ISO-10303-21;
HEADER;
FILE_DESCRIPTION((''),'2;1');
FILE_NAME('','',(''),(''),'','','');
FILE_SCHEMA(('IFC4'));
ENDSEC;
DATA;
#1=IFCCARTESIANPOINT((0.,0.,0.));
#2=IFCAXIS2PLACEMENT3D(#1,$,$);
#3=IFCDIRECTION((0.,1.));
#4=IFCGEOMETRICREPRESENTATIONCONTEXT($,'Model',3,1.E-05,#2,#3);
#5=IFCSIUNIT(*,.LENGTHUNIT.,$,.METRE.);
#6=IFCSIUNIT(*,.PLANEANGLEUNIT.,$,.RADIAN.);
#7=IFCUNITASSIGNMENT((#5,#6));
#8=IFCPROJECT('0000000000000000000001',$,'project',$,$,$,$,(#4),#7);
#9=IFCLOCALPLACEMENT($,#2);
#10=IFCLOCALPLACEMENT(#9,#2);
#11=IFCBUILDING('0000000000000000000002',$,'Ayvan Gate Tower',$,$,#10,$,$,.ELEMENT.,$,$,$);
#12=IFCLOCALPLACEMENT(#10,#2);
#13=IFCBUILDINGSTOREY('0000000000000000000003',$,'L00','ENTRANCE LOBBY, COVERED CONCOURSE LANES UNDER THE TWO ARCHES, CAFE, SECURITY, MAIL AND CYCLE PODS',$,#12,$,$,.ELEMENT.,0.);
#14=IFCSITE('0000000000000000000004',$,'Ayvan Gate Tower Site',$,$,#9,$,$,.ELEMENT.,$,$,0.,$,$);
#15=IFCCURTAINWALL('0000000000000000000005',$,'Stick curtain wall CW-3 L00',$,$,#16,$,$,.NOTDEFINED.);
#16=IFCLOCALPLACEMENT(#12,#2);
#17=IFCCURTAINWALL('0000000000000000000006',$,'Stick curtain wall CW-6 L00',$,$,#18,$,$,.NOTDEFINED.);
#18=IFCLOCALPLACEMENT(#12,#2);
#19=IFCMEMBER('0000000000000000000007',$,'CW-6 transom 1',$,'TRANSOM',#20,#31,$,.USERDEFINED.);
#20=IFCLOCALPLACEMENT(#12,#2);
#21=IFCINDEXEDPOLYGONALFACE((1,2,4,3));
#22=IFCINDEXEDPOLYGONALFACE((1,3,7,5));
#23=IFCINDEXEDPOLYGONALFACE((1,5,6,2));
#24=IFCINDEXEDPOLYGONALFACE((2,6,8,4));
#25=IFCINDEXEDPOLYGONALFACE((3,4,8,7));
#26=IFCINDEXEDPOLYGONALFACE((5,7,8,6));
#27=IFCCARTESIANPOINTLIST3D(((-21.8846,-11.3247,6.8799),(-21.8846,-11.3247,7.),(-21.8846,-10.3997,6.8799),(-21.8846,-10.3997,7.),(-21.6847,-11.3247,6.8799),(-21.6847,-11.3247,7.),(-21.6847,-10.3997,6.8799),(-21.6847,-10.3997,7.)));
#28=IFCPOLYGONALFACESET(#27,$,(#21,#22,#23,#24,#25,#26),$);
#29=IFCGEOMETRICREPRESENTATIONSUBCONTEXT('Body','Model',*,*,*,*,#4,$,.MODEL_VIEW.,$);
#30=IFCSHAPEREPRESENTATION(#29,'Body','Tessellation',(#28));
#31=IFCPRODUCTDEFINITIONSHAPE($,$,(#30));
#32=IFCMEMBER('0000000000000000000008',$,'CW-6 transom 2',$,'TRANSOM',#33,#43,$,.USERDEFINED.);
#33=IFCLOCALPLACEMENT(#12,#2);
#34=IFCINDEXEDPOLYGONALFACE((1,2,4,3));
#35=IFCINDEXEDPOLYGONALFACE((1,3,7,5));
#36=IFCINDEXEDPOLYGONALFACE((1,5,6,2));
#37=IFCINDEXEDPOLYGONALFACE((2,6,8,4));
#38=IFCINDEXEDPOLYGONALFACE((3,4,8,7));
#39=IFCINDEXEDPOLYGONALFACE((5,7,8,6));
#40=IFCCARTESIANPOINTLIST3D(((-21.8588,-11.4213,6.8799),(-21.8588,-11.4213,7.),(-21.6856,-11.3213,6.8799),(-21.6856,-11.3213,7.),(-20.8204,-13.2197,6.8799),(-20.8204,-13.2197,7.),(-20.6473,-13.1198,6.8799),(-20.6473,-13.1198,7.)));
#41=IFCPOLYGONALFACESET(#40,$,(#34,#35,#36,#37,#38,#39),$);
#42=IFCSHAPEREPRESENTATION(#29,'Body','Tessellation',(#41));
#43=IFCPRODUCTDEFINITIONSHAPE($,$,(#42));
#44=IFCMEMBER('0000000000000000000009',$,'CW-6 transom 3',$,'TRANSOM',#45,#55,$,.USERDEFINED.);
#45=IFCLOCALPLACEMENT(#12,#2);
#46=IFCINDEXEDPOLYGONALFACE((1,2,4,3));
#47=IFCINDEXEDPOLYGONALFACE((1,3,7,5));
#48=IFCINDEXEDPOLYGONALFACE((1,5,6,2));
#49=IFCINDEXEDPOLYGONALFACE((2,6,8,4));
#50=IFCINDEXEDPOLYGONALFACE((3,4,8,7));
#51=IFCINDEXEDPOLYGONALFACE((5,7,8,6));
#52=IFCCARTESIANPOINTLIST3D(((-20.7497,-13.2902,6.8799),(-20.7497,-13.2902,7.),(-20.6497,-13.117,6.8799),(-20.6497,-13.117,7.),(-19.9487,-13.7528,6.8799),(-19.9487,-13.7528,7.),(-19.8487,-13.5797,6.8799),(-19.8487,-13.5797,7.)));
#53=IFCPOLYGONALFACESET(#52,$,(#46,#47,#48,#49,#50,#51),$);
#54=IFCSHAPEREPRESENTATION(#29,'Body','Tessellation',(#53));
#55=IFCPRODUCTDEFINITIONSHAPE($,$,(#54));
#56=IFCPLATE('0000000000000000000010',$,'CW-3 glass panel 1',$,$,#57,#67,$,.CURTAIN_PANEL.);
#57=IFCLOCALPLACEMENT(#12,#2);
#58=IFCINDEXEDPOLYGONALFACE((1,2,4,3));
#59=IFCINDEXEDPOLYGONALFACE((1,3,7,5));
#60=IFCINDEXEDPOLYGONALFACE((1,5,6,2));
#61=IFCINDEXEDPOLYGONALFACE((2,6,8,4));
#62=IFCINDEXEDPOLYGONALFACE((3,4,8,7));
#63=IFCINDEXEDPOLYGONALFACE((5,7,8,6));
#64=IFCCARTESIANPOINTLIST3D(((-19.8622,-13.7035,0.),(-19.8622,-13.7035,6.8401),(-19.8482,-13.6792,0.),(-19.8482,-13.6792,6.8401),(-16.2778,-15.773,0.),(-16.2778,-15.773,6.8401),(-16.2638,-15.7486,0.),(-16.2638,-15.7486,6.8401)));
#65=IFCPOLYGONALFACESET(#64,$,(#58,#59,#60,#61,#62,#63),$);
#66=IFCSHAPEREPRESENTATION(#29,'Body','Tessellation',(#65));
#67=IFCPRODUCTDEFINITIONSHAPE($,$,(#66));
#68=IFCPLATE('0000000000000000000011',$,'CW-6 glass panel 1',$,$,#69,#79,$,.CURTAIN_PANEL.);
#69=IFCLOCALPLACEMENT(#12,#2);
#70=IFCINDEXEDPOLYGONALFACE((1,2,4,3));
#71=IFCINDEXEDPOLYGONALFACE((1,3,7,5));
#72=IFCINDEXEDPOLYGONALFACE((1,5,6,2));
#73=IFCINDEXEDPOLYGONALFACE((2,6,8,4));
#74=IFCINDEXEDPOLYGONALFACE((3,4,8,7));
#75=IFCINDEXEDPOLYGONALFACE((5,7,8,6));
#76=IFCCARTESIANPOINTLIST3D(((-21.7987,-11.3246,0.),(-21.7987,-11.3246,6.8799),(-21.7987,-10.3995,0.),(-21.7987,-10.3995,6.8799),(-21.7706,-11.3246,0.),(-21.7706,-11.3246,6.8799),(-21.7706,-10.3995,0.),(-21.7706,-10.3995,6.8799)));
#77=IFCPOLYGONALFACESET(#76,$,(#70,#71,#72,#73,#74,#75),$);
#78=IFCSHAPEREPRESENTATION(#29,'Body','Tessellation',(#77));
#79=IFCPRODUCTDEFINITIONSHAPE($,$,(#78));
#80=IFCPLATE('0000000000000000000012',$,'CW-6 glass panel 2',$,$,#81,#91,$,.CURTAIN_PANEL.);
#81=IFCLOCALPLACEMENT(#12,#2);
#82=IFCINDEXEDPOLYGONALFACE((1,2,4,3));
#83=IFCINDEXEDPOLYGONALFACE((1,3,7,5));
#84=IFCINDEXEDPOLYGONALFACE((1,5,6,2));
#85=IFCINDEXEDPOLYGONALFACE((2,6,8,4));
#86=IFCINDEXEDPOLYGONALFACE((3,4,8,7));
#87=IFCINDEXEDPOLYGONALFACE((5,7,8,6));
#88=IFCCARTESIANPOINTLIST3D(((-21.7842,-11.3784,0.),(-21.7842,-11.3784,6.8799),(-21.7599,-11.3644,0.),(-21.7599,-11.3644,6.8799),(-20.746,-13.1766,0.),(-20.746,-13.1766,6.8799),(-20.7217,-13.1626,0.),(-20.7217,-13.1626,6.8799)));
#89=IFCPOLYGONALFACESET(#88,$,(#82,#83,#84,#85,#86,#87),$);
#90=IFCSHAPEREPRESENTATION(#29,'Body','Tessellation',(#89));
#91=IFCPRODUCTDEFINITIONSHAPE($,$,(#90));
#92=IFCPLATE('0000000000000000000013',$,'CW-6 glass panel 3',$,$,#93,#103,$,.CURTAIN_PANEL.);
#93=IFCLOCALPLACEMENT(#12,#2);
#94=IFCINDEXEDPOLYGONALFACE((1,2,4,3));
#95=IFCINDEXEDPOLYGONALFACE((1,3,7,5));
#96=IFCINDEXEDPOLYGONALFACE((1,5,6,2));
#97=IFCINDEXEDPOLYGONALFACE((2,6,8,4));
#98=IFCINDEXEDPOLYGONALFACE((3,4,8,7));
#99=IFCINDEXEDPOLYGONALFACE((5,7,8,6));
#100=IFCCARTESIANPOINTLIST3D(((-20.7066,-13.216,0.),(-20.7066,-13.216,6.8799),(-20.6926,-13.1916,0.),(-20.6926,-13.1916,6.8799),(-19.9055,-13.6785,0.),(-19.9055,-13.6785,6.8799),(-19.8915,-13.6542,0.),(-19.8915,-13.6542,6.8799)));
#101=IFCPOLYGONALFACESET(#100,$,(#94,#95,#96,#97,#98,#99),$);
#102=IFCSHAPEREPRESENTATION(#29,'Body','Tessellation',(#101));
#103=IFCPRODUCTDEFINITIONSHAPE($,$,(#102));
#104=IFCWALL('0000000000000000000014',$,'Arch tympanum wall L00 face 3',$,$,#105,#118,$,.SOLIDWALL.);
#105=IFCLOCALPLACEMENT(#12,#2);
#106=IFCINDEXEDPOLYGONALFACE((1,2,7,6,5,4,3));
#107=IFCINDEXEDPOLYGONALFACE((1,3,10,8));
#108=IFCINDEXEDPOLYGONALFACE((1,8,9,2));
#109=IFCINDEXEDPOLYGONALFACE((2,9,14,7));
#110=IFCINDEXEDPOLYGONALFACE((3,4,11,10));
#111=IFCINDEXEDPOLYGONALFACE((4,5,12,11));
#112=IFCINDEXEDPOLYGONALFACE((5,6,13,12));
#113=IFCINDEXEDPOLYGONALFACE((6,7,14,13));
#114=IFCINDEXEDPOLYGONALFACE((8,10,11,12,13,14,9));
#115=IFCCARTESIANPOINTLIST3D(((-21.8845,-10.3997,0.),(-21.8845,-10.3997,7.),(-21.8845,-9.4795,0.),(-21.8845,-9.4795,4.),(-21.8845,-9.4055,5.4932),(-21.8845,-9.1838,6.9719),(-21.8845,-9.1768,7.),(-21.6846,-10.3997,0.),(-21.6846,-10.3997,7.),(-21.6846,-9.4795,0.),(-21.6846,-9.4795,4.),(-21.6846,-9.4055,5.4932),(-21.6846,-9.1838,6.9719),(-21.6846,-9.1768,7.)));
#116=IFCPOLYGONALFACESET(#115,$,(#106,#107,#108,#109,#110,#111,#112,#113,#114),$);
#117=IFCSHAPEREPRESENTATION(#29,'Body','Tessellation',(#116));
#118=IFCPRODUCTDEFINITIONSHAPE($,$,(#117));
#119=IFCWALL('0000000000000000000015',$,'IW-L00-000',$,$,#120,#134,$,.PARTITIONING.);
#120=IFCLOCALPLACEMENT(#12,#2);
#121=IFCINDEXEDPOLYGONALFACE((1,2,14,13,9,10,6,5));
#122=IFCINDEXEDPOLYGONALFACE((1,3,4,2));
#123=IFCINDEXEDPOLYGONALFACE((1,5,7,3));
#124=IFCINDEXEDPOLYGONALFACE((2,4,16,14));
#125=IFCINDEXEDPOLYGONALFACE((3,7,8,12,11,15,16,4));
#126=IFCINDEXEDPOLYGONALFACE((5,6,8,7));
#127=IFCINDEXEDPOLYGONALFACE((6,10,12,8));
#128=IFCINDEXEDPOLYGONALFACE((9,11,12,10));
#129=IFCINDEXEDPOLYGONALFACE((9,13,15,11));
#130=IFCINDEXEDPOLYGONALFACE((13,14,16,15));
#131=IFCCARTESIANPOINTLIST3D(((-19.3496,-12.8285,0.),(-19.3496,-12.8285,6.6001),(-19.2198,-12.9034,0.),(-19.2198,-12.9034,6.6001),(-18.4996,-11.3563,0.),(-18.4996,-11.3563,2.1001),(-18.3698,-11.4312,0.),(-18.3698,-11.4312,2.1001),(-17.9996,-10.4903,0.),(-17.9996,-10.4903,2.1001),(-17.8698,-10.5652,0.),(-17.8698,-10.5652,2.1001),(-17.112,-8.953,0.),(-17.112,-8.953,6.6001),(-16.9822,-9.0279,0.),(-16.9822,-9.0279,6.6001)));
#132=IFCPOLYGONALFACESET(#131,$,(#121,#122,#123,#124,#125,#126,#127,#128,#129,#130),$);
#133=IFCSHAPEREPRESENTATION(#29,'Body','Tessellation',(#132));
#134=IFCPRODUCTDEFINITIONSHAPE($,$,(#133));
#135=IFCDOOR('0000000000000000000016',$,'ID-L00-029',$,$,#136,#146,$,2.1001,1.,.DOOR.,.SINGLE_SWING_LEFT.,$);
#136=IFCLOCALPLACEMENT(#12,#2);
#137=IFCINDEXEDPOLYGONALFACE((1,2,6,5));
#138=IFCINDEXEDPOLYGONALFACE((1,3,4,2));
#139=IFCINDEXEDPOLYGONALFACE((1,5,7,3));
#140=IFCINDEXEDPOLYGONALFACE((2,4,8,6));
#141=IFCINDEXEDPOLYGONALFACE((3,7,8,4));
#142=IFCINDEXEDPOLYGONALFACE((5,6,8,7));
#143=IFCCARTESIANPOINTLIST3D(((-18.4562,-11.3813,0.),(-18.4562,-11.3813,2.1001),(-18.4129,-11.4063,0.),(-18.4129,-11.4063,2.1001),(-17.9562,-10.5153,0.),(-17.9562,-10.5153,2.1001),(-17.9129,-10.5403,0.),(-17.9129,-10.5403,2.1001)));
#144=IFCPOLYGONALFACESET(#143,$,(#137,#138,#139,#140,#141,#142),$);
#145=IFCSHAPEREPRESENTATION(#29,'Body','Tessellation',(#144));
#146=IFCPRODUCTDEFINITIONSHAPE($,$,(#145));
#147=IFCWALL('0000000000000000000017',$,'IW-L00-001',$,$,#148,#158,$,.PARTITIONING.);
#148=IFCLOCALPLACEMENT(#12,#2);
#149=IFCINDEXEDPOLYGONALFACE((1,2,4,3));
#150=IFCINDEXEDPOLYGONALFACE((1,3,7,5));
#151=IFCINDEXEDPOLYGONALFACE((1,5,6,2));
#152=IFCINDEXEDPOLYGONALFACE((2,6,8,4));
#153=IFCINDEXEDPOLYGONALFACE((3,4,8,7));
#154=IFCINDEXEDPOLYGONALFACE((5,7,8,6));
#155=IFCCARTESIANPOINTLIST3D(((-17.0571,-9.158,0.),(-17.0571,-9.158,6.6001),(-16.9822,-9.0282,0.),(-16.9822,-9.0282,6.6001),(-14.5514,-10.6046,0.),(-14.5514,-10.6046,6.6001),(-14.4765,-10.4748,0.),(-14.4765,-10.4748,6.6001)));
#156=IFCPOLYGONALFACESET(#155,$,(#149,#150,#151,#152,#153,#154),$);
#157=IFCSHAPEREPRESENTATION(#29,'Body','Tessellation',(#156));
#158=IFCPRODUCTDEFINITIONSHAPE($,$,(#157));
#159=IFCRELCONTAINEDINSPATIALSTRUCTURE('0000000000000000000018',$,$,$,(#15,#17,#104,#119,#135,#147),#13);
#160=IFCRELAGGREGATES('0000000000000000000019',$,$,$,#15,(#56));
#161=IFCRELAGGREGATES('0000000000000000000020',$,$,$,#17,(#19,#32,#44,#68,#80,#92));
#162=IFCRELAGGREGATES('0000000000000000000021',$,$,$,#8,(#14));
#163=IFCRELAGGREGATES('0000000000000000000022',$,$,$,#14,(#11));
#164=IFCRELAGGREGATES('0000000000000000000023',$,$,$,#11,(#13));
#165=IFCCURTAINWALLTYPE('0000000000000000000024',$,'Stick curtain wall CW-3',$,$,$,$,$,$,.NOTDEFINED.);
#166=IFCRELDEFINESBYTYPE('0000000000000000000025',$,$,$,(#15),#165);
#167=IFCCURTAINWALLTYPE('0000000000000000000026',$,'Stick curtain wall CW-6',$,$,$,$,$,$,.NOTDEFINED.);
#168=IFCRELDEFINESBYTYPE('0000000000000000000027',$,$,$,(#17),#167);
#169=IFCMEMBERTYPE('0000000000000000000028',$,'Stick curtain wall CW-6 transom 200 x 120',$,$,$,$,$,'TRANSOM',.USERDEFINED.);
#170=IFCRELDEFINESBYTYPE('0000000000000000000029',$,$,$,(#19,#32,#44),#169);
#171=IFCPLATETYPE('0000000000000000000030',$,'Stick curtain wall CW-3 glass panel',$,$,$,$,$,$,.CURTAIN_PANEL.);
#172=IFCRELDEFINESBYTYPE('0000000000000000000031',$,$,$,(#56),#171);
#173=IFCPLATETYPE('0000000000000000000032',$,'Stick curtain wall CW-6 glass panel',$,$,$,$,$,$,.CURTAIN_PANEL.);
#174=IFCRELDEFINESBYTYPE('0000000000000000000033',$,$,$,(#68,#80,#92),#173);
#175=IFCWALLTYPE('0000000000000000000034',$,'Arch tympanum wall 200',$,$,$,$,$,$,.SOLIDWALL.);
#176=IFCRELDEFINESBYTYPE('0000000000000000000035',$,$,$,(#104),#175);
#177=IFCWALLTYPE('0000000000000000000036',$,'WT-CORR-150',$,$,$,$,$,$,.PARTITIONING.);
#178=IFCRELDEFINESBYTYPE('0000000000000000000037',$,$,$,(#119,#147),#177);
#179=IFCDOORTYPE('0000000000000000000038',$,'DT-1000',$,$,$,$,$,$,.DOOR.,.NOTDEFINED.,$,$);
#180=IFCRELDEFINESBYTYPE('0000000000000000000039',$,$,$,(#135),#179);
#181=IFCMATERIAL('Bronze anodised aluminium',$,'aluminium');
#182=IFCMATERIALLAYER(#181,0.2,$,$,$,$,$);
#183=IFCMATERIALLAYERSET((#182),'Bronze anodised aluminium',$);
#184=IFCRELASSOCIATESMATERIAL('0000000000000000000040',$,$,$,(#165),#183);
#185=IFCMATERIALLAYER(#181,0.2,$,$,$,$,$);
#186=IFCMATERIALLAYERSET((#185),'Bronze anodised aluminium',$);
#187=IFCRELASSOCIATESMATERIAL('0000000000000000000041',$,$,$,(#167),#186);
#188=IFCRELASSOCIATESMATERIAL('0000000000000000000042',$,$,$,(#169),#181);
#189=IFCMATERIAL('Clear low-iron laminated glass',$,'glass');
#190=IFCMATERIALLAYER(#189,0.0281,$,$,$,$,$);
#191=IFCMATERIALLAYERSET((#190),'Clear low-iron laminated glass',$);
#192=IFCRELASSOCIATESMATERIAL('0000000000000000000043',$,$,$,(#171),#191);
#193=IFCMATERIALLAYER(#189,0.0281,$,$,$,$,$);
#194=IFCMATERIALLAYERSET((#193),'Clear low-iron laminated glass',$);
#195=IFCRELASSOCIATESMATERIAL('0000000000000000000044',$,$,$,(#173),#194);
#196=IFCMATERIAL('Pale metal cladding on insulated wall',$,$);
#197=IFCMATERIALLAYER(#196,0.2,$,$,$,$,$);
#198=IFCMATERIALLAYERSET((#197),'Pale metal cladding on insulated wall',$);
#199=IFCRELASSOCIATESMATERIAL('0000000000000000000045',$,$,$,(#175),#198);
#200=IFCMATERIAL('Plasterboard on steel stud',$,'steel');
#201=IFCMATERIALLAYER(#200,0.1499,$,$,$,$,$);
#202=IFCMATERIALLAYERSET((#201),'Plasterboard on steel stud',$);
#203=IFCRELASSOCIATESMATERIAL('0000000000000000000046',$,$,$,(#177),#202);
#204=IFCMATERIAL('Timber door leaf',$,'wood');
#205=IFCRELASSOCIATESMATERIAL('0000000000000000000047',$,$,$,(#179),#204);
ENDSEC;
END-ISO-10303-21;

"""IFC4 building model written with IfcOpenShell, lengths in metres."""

from ifc_helpers import new_model, si_unit, direction, frame, frame_2d, origin, origin_2d, place, context, subcontext, project, spatial, polyline, rectangle, outline, extrude, material, layer, layer_set, material_profile, profile_set, type_object, element, fill, aggregate, save


model = new_model("IFC4")

# Units and contexts
model_context = context("Model", 3, precision=1e-05, world=origin(), true_north=direction((0.0, 1.0)))
body_context = subcontext(model_context, "Body", "Model", "MODEL_VIEW")
ifc_project = project(units=[si_unit("LENGTHUNIT", "METRE"), si_unit("PLANEANGLEUNIT", "RADIAN")], contexts=[model_context])

# Site, building, storey
site_placement = place(None, origin())
site = spatial("IfcSite", under=ifc_project, at=site_placement, Name="Ayvan Gate Tower Site", CompositionType="ELEMENT", RefElevation=0.0)
building_placement = place(site_placement, origin())
building = spatial("IfcBuilding", under=site, at=building_placement, Name="Ayvan Gate Tower", CompositionType="ELEMENT")
storey_placement = place(building_placement, origin())
storey = spatial("IfcBuildingStorey", under=building, at=storey_placement, Name="L00", Description="ENTRANCE LOBBY, COVERED CONCOURSE LANES UNDER THE TWO ARCHES, CAFE, SECURITY, MAIL AND CYCLE PODS", CompositionType="ELEMENT", Elevation=0.0)

# Curtain walls, members
ifc_material_1 = material(Name="Bronze anodised aluminium", Category="aluminium")
ifc_layer_1 = layer(ifc_material_1, 0.2)
ifc_layer_set_1 = layer_set([ifc_layer_1], Name="Bronze anodised aluminium")
curtain_wall_type_1 = type_object("IfcCurtainWallType", Name="Stick curtain wall CW-3", PredefinedType="NOTDEFINED", material=ifc_layer_set_1)
curtain_wall_1_placement = place(storey_placement, origin())
curtain_wall_1 = element("IfcCurtainWall", 1, at=curtain_wall_1_placement, inside=storey, type_object=curtain_wall_type_1, Name="Stick curtain wall CW-3 L00", PredefinedType="NOTDEFINED")
ifc_layer_2 = layer(ifc_material_1, 0.2)
ifc_layer_set_2 = layer_set([ifc_layer_2], Name="Bronze anodised aluminium")
curtain_wall_type_2 = type_object("IfcCurtainWallType", Name="Stick curtain wall CW-6", PredefinedType="NOTDEFINED", material=ifc_layer_set_2)
curtain_wall_2_placement = place(storey_placement, origin())
curtain_wall_2 = element("IfcCurtainWall", 2, at=curtain_wall_2_placement, inside=storey, type_object=curtain_wall_type_2, Name="Stick curtain wall CW-6 L00", PredefinedType="NOTDEFINED")
ifc_material_profile_1 = material_profile(ifc_material_1, rectangle(XDim=0.2, YDim=0.1201, at=origin_2d()), Name="Stick curtain wall CW-6 transom 200 x 120")
ifc_profile_set_1 = profile_set([ifc_material_profile_1], Name="Bronze anodised aluminium")
member_type_1 = type_object("IfcMemberType", Name="Stick curtain wall CW-6 transom 200 x 120", ElementType="TRANSOM", PredefinedType="USERDEFINED", material=ifc_profile_set_1)
member_1_placement = place(storey_placement, frame((-21.7847, -10.3997, 6.9399), z_axis=(0.0, -1.0, 0.0), x_axis=(1.0, 0.0, 0.0)))
member_1 = element("IfcMember", 3, at=member_1_placement, type_object=member_type_1, Name="CW-6 transom 1", ObjectType="TRANSOM", PredefinedType="USERDEFINED", context=body_context, shape_type="SweptSolid", body=[
    extrude(rectangle(XDim=0.2, YDim=0.1201, at=origin_2d()), origin(), (0.0, 0.0, 1.0), 0.925),
])
member_2_placement = place(storey_placement, frame((-21.7722, -11.3713, 6.9399), z_axis=(0.500021, -0.866013, 0.0), x_axis=(0.866013, 0.500021, 0.0)))
member_2 = element("IfcMember", 4, at=member_2_placement, type_object=member_type_1, Name="CW-6 transom 2", ObjectType="TRANSOM", PredefinedType="USERDEFINED", context=body_context, shape_type="SweptSolid", body=[
    extrude(rectangle(XDim=0.2, YDim=0.1201, at=origin_2d()), origin(), (0.0, 0.0, 1.0), 2.0767),
])
member_3_placement = place(storey_placement, frame((-20.6997, -13.2036, 6.9399), z_axis=(0.865944, -0.500141, 0.0), x_axis=(0.500141, 0.865944, 0.0)))
member_3 = element("IfcMember", 5, at=member_3_placement, type_object=member_type_1, Name="CW-6 transom 3", ObjectType="TRANSOM", PredefinedType="USERDEFINED", context=body_context, shape_type="SweptSolid", body=[
    extrude(rectangle(XDim=0.2, YDim=0.1201, at=origin_2d()), origin(), (0.0, 0.0, 1.0), 0.925),
])

# Plates
ifc_material_2 = material(Name="Clear low-iron laminated glass", Category="glass")
ifc_layer_3 = layer(ifc_material_2, 0.0281)
ifc_layer_set_3 = layer_set([ifc_layer_3], Name="Clear low-iron laminated glass")
plate_type_1 = type_object("IfcPlateType", Name="Stick curtain wall CW-3 glass panel", PredefinedType="CURTAIN_PANEL", material=ifc_layer_set_3)
plate_1_placement = place(storey_placement, frame((-18.063, -14.7261, 0.0), z_axis=(0.0, 0.0, 1.0), x_axis=(0.866025, -0.5, 0.0)))
plate_1 = element("IfcPlate", 6, at=plate_1_placement, type_object=plate_type_1, Name="CW-3 glass panel 1", PredefinedType="CURTAIN_PANEL", context=body_context, shape_type="SweptSolid", body=[
    extrude(rectangle(XDim=4.1389, YDim=0.0281, at=origin_2d()), origin(), (0.0, 0.0, 1.0), 6.8401),
])
aggregate(curtain_wall_1, [plate_1])
ifc_layer_4 = layer(ifc_material_2, 0.0281)
ifc_layer_set_4 = layer_set([ifc_layer_4], Name="Clear low-iron laminated glass")
plate_type_2 = type_object("IfcPlateType", Name="Stick curtain wall CW-6 glass panel", PredefinedType="CURTAIN_PANEL", material=ifc_layer_set_4)
plate_2_placement = place(storey_placement, frame((-21.7847, -10.8621, 0.0), z_axis=(0.0, 0.0, 1.0), x_axis=(0.0, -1.0, 0.0)))
plate_2 = element("IfcPlate", 7, at=plate_2_placement, type_object=plate_type_2, Name="CW-6 glass panel 1", PredefinedType="CURTAIN_PANEL", context=body_context, shape_type="SweptSolid", body=[
    extrude(rectangle(XDim=0.925, YDim=0.0281, at=origin_2d()), origin(), (0.0, 0.0, 1.0), 6.8799),
])
plate_3_placement = place(storey_placement, frame((-21.2529, -12.2705, 0.0), z_axis=(0.0, 0.0, 1.0), x_axis=(0.5, -0.866025, 0.0)))
plate_3 = element("IfcPlate", 8, at=plate_3_placement, type_object=plate_type_2, Name="CW-6 glass panel 2", PredefinedType="CURTAIN_PANEL", context=body_context, shape_type="SweptSolid", body=[
    extrude(rectangle(XDim=2.0764, YDim=0.0281, at=origin_2d()), origin(), (0.0, 0.0, 1.0), 6.8799),
])
plate_4_placement = place(storey_placement, frame((-20.2991, -13.4351, 0.0), z_axis=(0.0, 0.0, 1.0), x_axis=(0.866025, -0.5, 0.0)))
plate_4 = element("IfcPlate", 9, at=plate_4_placement, type_object=plate_type_2, Name="CW-6 glass panel 3", PredefinedType="CURTAIN_PANEL", context=body_context, shape_type="SweptSolid", body=[
    extrude(rectangle(XDim=0.925, YDim=0.0281, at=origin_2d()), origin(), (0.0, 0.0, 1.0), 6.8799),
])
aggregate(curtain_wall_2, [member_1, member_2, member_3, plate_2, plate_3, plate_4])

# Wall
ifc_material_3 = material(Name="Pale metal cladding on insulated wall")
ifc_layer_5 = layer(ifc_material_3, 0.2)
ifc_layer_set_5 = layer_set([ifc_layer_5], Name="Pale metal cladding on insulated wall")
wall_type_1 = type_object("IfcWallType", Name="Arch tympanum wall 200", PredefinedType="SOLIDWALL", material=ifc_layer_set_5)
wall_1_placement = place(storey_placement, frame((-21.6846, -10.3997, 0.0), z_axis=(1.0, 0.0, 0.0), x_axis=(0.0, 1.0, 0.0)))
element("IfcWall", 10, at=wall_1_placement, inside=storey, type_object=wall_type_1, Name="Arch tympanum wall L00 face 3", PredefinedType="SOLIDWALL", context=body_context, shape_type="SweptSolid", body=[
    extrude(outline(polyline([(0.0, 0.0), (0.9202, 0.0), (0.9202, 4.0), (0.9941, 5.4932), (1.2158, 6.9719), (1.2229, 7.0), (0.0, 7.0), (0.0, 0.0)])), origin(), (0.0, 0.0, -1.0), 0.2),
])

# Wall, opening, door
ifc_material_4 = material(Name="Plasterboard on steel stud", Category="steel")
ifc_layer_6 = layer(ifc_material_4, 0.1499)
ifc_layer_set_6 = layer_set([ifc_layer_6], Name="Plasterboard on steel stud")
wall_type_2 = type_object("IfcWallType", Name="WT-CORR-150", PredefinedType="PARTITIONING", material=ifc_layer_set_6)
wall_2_placement = place(storey_placement, frame((-19.2847, -12.866, 0.0), z_axis=(0.0, 0.0, 1.0), x_axis=(0.500006, 0.866022, 0.0)))
wall_2 = element("IfcWall", 11, at=wall_2_placement, inside=storey, type_object=wall_type_2, Name="IW-L00-000", PredefinedType="PARTITIONING", context=body_context, shape_type="SweptSolid", body=[
    extrude(rectangle(XDim=4.4751, YDim=0.1499, at=frame_2d((2.2375, 0.0))), origin(), (0.0, 0.0, 1.0), 6.6001),
])
opening_placement = place(wall_2_placement, frame((1.7, 0.0, 0.0)))
opening = element("IfcOpeningElement", 12, at=opening_placement, cuts=wall_2, PredefinedType="OPENING", context=body_context, shape_type="SweptSolid", body=[
    extrude(rectangle(XDim=1.0, YDim=2.1001, at=frame_2d((0.5, 1.05))), frame((0.0, 0.085, 0.0), z_axis=(0.0, -1.0, 0.0), x_axis=(1.0, 0.0, 0.0)), (0.0, 0.0, 1.0), 0.1699),
])
ifc_material_5 = material(Name="Timber door leaf", Category="wood")
door_type = type_object("IfcDoorType", Name="DT-1000", OperationType="NOTDEFINED", PredefinedType="DOOR", material=ifc_material_5)
door_placement = place(opening_placement, origin())
door = element("IfcDoor", 13, at=door_placement, inside=storey, type_object=door_type, Name="ID-L00-029", OperationType="SINGLE_SWING_LEFT", OverallHeight=2.1001, OverallWidth=1.0, PredefinedType="DOOR", context=body_context, shape_type="SweptSolid", body=[
    extrude(rectangle(XDim=1.0, YDim=2.1001, at=frame_2d((0.5, 1.05))), frame((0.0, 0.0249, 0.0), z_axis=(0.0, -1.0, 0.0), x_axis=(1.0, 0.0, 0.0)), (0.0, 0.0, 1.0), 0.05),
])
fill(opening, door)

# Wall
wall_3_placement = place(storey_placement, frame((-17.0198, -9.093, 0.0), z_axis=(0.0, 0.0, 1.0), x_axis=(0.866038, -0.499978, 0.0)))
element("IfcWall", 14, at=wall_3_placement, inside=storey, type_object=wall_type_2, Name="IW-L00-001", PredefinedType="PARTITIONING", context=body_context, shape_type="SweptSolid", body=[
    extrude(rectangle(XDim=2.8933, YDim=0.1499, at=frame_2d((1.4468, 0.0))), origin(), (0.0, 0.0, 1.0), 6.6001),
])

save(model, "model.ifc")
